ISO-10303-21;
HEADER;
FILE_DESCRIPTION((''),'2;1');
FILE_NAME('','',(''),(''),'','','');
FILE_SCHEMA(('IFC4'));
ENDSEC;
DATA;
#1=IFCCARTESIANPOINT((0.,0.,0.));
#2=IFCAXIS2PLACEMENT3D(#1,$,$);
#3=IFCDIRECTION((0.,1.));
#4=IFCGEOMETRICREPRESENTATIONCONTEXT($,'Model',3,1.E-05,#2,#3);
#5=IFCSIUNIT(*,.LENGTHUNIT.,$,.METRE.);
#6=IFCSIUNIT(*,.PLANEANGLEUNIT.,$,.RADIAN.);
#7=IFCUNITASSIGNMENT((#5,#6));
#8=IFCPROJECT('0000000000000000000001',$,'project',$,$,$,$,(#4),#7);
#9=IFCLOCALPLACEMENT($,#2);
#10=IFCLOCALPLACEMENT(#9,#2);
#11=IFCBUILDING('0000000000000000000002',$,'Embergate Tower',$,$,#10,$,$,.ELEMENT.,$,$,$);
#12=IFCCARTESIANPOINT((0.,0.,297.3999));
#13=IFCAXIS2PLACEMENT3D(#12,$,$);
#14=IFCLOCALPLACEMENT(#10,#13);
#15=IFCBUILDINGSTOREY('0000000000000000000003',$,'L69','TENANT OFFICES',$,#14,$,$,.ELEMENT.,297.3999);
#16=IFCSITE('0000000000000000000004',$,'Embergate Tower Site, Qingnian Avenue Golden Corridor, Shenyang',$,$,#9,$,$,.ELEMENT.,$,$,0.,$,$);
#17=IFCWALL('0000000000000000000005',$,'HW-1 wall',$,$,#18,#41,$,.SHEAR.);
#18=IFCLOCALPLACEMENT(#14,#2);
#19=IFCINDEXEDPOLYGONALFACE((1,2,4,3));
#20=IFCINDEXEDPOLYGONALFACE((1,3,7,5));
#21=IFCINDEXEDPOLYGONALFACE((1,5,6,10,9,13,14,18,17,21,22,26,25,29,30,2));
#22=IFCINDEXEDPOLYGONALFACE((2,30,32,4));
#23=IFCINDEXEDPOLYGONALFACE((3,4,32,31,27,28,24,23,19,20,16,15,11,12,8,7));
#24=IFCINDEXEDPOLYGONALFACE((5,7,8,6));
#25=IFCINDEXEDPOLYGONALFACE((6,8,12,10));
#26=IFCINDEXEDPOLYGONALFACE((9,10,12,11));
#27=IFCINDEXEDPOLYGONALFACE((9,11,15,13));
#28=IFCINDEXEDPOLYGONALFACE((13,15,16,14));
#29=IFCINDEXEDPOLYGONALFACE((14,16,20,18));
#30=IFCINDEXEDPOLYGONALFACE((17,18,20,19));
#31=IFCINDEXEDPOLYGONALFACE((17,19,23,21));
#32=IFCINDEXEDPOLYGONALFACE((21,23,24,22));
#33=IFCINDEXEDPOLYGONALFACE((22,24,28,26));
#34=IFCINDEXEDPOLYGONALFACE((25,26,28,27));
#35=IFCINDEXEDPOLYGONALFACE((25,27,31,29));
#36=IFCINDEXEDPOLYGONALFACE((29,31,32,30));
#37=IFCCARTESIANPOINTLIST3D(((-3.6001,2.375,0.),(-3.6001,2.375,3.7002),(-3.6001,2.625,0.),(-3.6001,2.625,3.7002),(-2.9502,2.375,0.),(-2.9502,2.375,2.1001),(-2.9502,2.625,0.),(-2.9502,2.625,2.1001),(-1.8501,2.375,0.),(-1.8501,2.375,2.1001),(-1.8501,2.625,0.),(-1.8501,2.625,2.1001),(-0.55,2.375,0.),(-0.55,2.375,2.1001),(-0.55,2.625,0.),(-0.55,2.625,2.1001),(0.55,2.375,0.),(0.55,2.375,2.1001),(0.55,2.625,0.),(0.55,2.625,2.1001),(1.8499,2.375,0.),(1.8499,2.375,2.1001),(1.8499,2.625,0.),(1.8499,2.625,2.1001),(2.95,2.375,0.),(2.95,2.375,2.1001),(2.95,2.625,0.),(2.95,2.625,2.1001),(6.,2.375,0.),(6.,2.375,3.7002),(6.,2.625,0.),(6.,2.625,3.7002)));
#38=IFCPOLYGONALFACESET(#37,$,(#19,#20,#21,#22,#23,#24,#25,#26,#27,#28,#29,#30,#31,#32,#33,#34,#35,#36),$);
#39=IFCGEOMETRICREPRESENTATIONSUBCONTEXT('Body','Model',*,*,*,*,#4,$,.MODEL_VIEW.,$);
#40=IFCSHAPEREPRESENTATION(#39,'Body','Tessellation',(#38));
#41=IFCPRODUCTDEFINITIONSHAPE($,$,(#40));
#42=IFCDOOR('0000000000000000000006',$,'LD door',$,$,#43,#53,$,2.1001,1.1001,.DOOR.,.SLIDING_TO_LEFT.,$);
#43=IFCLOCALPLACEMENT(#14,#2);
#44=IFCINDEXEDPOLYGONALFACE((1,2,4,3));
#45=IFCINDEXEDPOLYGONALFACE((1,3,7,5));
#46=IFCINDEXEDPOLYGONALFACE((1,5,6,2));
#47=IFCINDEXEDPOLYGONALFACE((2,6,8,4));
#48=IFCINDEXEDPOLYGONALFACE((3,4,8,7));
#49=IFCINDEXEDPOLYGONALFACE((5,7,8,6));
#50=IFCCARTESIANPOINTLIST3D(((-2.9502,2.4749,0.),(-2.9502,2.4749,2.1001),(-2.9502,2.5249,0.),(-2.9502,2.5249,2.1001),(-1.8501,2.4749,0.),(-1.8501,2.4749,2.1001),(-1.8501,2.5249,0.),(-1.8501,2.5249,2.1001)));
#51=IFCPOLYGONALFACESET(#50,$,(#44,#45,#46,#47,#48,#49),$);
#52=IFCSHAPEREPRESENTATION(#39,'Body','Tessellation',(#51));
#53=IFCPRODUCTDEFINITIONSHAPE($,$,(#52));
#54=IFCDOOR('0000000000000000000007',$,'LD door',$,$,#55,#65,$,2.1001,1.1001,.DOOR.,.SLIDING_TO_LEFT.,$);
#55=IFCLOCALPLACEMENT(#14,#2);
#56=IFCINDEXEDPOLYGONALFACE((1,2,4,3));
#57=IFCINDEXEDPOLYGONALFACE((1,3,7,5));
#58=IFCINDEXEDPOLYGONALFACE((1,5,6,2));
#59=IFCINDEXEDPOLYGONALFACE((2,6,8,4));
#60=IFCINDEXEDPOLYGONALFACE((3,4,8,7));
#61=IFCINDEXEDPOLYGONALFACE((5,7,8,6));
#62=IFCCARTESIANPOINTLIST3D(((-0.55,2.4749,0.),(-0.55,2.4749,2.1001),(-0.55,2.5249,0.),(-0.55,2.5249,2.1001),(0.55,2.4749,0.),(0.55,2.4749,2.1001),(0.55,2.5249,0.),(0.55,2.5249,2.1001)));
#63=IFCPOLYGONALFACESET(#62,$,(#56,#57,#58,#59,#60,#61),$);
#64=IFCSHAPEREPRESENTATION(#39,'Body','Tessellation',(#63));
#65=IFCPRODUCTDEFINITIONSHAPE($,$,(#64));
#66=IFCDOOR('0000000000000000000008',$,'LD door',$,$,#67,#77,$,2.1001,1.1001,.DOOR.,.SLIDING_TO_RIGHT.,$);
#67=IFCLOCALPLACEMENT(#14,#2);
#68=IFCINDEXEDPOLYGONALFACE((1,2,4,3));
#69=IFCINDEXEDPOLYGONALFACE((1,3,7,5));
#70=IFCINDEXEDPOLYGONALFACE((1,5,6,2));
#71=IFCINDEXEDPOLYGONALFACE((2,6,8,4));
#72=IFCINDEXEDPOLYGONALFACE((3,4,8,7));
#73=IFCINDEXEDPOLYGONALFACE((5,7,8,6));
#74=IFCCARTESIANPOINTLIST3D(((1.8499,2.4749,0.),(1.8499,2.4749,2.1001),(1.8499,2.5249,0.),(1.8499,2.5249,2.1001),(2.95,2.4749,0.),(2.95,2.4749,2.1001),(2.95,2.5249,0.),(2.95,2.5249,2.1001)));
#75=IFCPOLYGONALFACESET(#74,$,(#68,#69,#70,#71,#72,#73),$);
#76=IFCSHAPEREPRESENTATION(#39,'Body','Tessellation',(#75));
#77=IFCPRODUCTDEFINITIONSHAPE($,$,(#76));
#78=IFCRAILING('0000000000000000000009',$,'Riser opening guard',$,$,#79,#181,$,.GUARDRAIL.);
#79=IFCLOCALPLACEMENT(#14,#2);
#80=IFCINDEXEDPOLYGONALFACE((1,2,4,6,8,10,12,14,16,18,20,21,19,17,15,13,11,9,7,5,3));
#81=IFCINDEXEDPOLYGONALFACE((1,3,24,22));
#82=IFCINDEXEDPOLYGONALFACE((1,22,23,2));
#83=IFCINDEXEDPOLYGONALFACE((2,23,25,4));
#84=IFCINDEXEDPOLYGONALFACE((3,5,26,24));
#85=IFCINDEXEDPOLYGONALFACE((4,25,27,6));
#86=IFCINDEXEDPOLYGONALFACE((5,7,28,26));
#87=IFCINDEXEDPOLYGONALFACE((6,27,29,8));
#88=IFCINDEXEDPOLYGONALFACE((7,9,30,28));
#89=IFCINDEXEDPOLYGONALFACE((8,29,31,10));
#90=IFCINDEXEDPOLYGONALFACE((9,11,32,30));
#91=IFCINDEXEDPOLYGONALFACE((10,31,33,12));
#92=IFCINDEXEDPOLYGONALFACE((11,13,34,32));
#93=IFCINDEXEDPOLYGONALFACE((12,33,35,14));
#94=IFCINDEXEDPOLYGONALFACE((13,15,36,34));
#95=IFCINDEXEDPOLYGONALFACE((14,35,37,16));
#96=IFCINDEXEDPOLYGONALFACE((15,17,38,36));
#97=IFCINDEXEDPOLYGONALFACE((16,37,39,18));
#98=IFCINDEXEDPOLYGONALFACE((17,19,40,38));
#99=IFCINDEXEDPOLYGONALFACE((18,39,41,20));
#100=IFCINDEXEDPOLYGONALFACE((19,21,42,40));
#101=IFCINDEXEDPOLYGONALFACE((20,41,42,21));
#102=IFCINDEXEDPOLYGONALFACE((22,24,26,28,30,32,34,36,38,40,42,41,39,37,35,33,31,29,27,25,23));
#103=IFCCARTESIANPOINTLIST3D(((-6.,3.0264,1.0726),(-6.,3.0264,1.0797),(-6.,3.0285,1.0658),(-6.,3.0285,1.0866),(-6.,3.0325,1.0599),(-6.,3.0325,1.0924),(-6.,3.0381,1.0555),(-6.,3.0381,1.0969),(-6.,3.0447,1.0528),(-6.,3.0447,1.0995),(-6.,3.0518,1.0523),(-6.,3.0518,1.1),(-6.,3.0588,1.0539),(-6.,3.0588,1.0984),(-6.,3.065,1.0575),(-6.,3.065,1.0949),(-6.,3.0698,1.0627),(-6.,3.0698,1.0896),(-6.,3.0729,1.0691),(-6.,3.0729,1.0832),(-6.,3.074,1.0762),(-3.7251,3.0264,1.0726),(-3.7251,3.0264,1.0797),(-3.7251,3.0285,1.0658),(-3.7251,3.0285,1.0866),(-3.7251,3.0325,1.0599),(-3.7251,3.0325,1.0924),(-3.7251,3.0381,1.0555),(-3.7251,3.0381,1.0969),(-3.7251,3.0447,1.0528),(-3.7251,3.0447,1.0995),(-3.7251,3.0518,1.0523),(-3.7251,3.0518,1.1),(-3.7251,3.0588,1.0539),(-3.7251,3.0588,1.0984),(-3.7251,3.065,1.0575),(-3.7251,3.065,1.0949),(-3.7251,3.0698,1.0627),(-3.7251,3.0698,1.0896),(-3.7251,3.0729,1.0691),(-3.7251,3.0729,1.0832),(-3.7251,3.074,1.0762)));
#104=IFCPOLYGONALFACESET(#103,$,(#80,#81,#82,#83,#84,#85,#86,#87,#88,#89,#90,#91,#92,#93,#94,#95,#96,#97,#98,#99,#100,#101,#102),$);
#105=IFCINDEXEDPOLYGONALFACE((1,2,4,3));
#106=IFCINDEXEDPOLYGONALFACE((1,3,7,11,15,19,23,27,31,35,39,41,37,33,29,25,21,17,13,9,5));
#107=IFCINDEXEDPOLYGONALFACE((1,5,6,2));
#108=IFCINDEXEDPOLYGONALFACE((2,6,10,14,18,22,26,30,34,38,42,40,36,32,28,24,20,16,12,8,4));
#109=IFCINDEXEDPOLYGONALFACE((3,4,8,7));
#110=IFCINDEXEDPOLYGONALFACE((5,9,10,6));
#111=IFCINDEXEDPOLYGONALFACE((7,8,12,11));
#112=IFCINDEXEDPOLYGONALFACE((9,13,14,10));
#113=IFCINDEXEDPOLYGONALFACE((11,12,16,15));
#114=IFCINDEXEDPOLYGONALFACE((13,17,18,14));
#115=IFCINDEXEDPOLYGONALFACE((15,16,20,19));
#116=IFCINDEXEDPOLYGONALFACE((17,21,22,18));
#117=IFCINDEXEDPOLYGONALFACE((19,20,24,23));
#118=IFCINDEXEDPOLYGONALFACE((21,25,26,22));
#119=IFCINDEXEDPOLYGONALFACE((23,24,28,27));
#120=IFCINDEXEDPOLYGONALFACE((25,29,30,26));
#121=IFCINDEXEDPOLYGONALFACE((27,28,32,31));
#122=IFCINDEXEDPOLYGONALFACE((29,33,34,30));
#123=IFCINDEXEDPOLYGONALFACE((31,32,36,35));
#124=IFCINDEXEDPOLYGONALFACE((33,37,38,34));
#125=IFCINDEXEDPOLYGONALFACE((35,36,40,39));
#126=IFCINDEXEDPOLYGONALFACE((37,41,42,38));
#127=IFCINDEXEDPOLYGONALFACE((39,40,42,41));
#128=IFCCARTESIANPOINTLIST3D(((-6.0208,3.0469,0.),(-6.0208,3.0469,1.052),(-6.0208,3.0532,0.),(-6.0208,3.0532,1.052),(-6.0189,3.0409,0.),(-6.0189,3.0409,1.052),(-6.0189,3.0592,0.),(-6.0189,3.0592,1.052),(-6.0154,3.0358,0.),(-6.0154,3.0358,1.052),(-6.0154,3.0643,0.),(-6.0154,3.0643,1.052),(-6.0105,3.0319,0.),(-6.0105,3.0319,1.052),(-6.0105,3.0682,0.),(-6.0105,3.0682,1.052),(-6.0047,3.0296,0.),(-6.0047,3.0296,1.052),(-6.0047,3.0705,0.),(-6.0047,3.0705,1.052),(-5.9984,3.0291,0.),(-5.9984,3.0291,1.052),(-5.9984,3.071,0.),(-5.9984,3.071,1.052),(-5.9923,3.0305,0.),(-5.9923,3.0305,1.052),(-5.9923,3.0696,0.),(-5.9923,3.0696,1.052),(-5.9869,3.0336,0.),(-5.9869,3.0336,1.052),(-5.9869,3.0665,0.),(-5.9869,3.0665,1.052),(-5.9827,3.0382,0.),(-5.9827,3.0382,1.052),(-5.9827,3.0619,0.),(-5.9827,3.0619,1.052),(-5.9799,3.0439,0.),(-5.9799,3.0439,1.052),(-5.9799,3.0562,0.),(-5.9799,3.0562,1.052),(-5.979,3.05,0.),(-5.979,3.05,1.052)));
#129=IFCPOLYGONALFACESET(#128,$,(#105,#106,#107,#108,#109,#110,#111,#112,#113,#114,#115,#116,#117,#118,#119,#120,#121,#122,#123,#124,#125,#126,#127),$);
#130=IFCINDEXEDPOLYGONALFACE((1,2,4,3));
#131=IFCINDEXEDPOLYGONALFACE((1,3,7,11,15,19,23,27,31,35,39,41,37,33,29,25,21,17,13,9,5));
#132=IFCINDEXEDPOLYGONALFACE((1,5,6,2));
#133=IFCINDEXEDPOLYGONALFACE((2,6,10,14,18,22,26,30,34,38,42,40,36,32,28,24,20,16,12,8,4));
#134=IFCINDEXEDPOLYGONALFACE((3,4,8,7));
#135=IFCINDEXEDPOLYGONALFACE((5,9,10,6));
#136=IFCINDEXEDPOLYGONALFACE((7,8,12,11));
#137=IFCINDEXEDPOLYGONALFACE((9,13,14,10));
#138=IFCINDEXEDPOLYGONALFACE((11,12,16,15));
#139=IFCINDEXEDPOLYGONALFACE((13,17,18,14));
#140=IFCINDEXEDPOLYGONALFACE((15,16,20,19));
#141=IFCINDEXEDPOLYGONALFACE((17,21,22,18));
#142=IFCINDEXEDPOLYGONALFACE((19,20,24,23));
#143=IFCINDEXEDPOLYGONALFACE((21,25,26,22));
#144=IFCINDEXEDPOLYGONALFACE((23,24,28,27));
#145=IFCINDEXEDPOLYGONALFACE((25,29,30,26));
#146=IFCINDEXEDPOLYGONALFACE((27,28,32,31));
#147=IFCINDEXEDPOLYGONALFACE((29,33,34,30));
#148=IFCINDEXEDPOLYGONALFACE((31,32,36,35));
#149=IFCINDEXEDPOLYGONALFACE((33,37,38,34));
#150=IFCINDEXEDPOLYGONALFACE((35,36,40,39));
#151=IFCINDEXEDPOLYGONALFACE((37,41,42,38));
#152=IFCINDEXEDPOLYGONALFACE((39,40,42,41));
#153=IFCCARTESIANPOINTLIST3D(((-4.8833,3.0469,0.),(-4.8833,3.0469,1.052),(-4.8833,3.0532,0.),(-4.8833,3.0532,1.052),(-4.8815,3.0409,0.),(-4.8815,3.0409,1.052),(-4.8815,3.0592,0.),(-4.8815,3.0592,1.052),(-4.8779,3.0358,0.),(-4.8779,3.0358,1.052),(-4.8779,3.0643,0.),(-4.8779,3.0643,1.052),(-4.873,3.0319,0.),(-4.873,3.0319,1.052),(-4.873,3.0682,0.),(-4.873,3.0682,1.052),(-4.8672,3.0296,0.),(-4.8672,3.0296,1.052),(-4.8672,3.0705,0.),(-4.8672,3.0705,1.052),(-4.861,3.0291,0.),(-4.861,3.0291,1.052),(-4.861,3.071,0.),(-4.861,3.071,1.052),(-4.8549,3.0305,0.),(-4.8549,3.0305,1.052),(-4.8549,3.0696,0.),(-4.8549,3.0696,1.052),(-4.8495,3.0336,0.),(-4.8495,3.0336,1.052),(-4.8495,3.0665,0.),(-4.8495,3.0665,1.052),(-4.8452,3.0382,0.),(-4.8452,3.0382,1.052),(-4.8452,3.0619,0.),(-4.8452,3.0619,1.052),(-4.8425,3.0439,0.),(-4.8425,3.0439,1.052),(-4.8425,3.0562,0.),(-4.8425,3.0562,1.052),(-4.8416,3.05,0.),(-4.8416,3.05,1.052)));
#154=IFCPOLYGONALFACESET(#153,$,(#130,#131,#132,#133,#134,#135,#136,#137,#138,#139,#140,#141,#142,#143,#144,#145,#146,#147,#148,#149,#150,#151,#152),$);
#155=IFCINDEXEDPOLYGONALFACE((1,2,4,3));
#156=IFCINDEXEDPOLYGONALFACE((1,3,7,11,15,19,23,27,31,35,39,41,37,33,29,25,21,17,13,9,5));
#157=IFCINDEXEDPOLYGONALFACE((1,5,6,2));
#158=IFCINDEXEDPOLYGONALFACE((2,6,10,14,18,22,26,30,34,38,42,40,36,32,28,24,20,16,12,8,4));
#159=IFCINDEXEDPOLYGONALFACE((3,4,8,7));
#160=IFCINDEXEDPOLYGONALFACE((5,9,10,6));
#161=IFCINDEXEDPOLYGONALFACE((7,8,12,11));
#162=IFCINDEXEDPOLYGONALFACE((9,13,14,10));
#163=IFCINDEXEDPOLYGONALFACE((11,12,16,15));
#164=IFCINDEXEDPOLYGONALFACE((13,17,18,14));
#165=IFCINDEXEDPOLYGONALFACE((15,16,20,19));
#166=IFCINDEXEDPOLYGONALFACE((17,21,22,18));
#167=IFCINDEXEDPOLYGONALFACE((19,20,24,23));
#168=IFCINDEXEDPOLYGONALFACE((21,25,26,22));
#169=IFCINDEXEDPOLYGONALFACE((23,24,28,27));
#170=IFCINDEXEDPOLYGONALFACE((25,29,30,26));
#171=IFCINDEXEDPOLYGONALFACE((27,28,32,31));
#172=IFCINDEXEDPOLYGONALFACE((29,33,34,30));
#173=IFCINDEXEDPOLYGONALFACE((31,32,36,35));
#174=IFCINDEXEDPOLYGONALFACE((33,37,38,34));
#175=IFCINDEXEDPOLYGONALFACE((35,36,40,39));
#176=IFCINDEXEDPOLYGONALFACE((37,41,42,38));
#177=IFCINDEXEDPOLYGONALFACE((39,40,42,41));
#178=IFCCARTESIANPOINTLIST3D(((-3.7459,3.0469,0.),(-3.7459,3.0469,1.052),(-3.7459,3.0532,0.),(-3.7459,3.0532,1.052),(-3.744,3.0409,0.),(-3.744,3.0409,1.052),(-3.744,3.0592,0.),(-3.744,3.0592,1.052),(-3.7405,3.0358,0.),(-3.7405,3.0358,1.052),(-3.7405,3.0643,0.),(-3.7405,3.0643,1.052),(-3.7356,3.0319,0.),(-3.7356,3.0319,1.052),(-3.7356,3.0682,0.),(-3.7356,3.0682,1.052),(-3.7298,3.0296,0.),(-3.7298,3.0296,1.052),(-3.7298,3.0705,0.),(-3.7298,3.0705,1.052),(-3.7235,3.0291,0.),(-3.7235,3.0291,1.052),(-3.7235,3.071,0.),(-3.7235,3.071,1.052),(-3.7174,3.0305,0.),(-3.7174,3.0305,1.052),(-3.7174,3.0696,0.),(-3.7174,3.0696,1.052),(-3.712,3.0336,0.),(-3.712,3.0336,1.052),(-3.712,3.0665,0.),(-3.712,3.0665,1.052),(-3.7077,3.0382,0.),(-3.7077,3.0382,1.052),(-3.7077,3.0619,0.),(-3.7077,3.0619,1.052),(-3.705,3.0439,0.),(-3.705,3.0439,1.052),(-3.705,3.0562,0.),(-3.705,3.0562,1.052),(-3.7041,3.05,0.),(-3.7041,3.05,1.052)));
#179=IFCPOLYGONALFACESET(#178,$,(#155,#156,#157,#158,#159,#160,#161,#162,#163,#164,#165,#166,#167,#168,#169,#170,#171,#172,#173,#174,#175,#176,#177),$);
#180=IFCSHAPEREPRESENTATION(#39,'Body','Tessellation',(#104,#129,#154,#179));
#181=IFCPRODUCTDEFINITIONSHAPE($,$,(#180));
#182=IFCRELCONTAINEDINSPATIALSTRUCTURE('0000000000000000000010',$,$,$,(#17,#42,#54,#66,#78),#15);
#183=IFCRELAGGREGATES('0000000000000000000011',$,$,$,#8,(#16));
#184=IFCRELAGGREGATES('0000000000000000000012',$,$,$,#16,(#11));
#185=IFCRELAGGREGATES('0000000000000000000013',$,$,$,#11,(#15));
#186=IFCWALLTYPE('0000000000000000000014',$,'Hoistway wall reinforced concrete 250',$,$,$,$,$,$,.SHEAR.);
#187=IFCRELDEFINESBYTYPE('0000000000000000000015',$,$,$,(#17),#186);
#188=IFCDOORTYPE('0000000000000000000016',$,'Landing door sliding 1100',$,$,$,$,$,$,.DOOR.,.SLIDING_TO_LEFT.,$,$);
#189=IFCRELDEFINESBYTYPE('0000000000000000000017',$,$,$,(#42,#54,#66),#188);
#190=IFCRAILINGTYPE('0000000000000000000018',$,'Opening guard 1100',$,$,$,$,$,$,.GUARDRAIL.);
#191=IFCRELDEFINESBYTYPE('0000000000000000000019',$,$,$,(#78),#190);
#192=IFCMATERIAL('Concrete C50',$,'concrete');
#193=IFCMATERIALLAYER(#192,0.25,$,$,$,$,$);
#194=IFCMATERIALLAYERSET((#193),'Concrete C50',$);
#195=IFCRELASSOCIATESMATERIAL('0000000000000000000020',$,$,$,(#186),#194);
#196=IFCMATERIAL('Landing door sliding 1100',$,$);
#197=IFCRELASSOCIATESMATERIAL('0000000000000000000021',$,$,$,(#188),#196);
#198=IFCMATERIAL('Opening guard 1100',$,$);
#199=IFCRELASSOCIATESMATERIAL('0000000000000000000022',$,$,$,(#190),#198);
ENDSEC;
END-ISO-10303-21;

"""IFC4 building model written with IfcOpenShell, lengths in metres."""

from ifc_helpers import new_model, si_unit, direction, frame, frame_2d, origin, origin_2d, place, context, subcontext, project, spatial, rectangle, circle, extrude, source, transform, mapped, material, layer, layer_set, type_object, element, fill, save


model = new_model("IFC4")

# Units and contexts
model_context = context("Model", 3, precision=1e-05, world=origin(), true_north=direction((0.0, 1.0)))
body_context = subcontext(model_context, "Body", "Model", "MODEL_VIEW")
ifc_project = project(units=[si_unit("LENGTHUNIT", "METRE"), si_unit("PLANEANGLEUNIT", "RADIAN")], contexts=[model_context])

# Site, building, storey
site_placement = place(None, origin())
site = spatial("IfcSite", under=ifc_project, at=site_placement, Name="Embergate Tower Site, Qingnian Avenue Golden Corridor, Shenyang", CompositionType="ELEMENT", RefElevation=0.0)
building_placement = place(site_placement, origin())
building = spatial("IfcBuilding", under=site, at=building_placement, Name="Embergate Tower", CompositionType="ELEMENT")
storey_placement = place(building_placement, frame((0.0, 0.0, 297.3999)))
storey = spatial("IfcBuildingStorey", under=building, at=storey_placement, Name="L69", Description="TENANT OFFICES", CompositionType="ELEMENT", Elevation=297.3999)

# Shared definitions
ifc_material_1 = material(Name="Concrete C50", Category="concrete")
ifc_layer_1 = layer(ifc_material_1, 0.25)
ifc_layer_set_1 = layer_set([ifc_layer_1], Name="Concrete C50")
wall_type_1 = type_object("IfcWallType", Name="Hoistway wall reinforced concrete 250", PredefinedType="SHEAR", material=ifc_layer_set_1)

# Shared definitions
shared_shape_1 = source(origin(), body_context, "Body", "SweptSolid", [
    extrude(rectangle(XDim=1.1001, YDim=2.1001, at=frame_2d((0.55, 1.05))), frame((0.0, 0.135, 0.0), z_axis=(0.0, -1.0, 0.0), x_axis=(1.0, 0.0, 0.0)), (0.0, 0.0, 1.0), 0.27),
])
ifc_material_2 = material(Name="Landing door sliding 1100")
door_type_1 = type_object("IfcDoorType", Name="Landing door sliding 1100", OperationType="SLIDING_TO_LEFT", PredefinedType="DOOR", material=ifc_material_2)
shared_shape_2 = source(origin(), body_context, "Body", "SweptSolid", [
    extrude(rectangle(XDim=1.1001, YDim=2.1001, at=frame_2d((0.55, 1.05))), frame((0.0, 0.0249, 0.0), z_axis=(0.0, -1.0, 0.0), x_axis=(1.0, 0.0, 0.0)), (0.0, 0.0, 1.0), 0.05),
])

# Wall, openings, doors
shared_shape_3 = source(origin(), body_context, "Body", "SweptSolid", [
    extrude(rectangle(XDim=9.6001, YDim=0.25, at=frame_2d((4.8, 0.0))), origin(), (0.0, 0.0, 1.0), 3.7002),
])
wall_1_placement = place(storey_placement, frame((-3.6001, 2.5, 0.0), z_axis=(0.0, 0.0, 1.0), x_axis=(1.0, 0.0, 0.0)))
wall_1 = element("IfcWall", 1, at=wall_1_placement, inside=storey, type_object=wall_type_1, Name="HW-1 wall", PredefinedType="SHEAR", context=body_context, shape_type="MappedRepresentation", body=[
    mapped(shared_shape_3, transform((0.0, 0.0, 0.0))),
])
opening_1_placement = place(wall_1_placement, frame((0.6499, 0.0, 0.0)))
opening_1 = element("IfcOpeningElement", 2, at=opening_1_placement, cuts=wall_1, PredefinedType="OPENING", context=body_context, shape_type="MappedRepresentation", body=[
    mapped(shared_shape_1, transform((0.0, 0.0, 0.0))),
])
opening_2_placement = place(wall_1_placement, frame((3.05, 0.0, 0.0)))
opening_2 = element("IfcOpeningElement", 3, at=opening_2_placement, cuts=wall_1, PredefinedType="OPENING", context=body_context, shape_type="MappedRepresentation", body=[
    mapped(shared_shape_1, transform((0.0, 0.0, 0.0))),
])
opening_3_placement = place(wall_1_placement, frame((5.45, 0.0, 0.0)))
opening_3 = element("IfcOpeningElement", 4, at=opening_3_placement, cuts=wall_1, PredefinedType="OPENING", context=body_context, shape_type="MappedRepresentation", body=[
    mapped(shared_shape_1, transform((0.0, 0.0, 0.0))),
])
door_1_placement = place(opening_1_placement, origin())
door_1 = element("IfcDoor", 5, at=door_1_placement, inside=storey, type_object=door_type_1, Name="LD door", OperationType="SLIDING_TO_LEFT", OverallHeight=2.1001, OverallWidth=1.1001, PredefinedType="DOOR", context=body_context, shape_type="MappedRepresentation", body=[
    mapped(shared_shape_2, transform((0.0, 0.0, 0.0))),
])
fill(opening_1, door_1)
door_2_placement = place(opening_2_placement, origin())
door_2 = element("IfcDoor", 6, at=door_2_placement, inside=storey, type_object=door_type_1, Name="LD door", OperationType="SLIDING_TO_LEFT", OverallHeight=2.1001, OverallWidth=1.1001, PredefinedType="DOOR", context=body_context, shape_type="MappedRepresentation", body=[
    mapped(shared_shape_2, transform((0.0, 0.0, 0.0))),
])
fill(opening_2, door_2)
door_3_placement = place(opening_3_placement, origin())
door_3 = element("IfcDoor", 7, at=door_3_placement, inside=storey, type_object=door_type_1, Name="LD door", OperationType="SLIDING_TO_RIGHT", OverallHeight=2.1001, OverallWidth=1.1001, PredefinedType="DOOR", context=body_context, shape_type="MappedRepresentation", body=[
    mapped(shared_shape_2, transform((0.0, 0.0, 0.0))),
])
fill(opening_3, door_3)

# Railing
ifc_material_3 = material(Name="Opening guard 1100")
railing_type = type_object("IfcRailingType", Name="Opening guard 1100", PredefinedType="GUARDRAIL", material=ifc_material_3)
shared_shape_4 = source(origin(), body_context, "Body", "SweptSolid", [
    extrude(circle(Radius=0.0239, at=origin_2d()), frame((0.0, 0.0, 1.0762), z_axis=(1.0, 0.0, 0.0), x_axis=(0.0, 1.0, 0.0)), (0.0, 0.0, 1.0), 2.2749),
    extrude(circle(Radius=0.021, at=origin_2d()), origin(), (0.0, 0.0, 1.0), 1.052),
    extrude(circle(Radius=0.021, at=origin_2d()), frame((1.1375, 0.0, 0.0)), (0.0, 0.0, 1.0), 1.052),
    extrude(circle(Radius=0.021, at=origin_2d()), frame((2.2749, 0.0, 0.0)), (0.0, 0.0, 1.0), 1.052),
])
railing_1_placement = place(storey_placement, frame((-6.0, 3.05, 0.0)))
element("IfcRailing", 8, at=railing_1_placement, inside=storey, type_object=railing_type, Name="Riser opening guard", PredefinedType="GUARDRAIL", context=body_context, shape_type="MappedRepresentation", body=[
    mapped(shared_shape_4, transform((0.0, 0.0, 0.0))),
])

save(model, "model.ifc")
